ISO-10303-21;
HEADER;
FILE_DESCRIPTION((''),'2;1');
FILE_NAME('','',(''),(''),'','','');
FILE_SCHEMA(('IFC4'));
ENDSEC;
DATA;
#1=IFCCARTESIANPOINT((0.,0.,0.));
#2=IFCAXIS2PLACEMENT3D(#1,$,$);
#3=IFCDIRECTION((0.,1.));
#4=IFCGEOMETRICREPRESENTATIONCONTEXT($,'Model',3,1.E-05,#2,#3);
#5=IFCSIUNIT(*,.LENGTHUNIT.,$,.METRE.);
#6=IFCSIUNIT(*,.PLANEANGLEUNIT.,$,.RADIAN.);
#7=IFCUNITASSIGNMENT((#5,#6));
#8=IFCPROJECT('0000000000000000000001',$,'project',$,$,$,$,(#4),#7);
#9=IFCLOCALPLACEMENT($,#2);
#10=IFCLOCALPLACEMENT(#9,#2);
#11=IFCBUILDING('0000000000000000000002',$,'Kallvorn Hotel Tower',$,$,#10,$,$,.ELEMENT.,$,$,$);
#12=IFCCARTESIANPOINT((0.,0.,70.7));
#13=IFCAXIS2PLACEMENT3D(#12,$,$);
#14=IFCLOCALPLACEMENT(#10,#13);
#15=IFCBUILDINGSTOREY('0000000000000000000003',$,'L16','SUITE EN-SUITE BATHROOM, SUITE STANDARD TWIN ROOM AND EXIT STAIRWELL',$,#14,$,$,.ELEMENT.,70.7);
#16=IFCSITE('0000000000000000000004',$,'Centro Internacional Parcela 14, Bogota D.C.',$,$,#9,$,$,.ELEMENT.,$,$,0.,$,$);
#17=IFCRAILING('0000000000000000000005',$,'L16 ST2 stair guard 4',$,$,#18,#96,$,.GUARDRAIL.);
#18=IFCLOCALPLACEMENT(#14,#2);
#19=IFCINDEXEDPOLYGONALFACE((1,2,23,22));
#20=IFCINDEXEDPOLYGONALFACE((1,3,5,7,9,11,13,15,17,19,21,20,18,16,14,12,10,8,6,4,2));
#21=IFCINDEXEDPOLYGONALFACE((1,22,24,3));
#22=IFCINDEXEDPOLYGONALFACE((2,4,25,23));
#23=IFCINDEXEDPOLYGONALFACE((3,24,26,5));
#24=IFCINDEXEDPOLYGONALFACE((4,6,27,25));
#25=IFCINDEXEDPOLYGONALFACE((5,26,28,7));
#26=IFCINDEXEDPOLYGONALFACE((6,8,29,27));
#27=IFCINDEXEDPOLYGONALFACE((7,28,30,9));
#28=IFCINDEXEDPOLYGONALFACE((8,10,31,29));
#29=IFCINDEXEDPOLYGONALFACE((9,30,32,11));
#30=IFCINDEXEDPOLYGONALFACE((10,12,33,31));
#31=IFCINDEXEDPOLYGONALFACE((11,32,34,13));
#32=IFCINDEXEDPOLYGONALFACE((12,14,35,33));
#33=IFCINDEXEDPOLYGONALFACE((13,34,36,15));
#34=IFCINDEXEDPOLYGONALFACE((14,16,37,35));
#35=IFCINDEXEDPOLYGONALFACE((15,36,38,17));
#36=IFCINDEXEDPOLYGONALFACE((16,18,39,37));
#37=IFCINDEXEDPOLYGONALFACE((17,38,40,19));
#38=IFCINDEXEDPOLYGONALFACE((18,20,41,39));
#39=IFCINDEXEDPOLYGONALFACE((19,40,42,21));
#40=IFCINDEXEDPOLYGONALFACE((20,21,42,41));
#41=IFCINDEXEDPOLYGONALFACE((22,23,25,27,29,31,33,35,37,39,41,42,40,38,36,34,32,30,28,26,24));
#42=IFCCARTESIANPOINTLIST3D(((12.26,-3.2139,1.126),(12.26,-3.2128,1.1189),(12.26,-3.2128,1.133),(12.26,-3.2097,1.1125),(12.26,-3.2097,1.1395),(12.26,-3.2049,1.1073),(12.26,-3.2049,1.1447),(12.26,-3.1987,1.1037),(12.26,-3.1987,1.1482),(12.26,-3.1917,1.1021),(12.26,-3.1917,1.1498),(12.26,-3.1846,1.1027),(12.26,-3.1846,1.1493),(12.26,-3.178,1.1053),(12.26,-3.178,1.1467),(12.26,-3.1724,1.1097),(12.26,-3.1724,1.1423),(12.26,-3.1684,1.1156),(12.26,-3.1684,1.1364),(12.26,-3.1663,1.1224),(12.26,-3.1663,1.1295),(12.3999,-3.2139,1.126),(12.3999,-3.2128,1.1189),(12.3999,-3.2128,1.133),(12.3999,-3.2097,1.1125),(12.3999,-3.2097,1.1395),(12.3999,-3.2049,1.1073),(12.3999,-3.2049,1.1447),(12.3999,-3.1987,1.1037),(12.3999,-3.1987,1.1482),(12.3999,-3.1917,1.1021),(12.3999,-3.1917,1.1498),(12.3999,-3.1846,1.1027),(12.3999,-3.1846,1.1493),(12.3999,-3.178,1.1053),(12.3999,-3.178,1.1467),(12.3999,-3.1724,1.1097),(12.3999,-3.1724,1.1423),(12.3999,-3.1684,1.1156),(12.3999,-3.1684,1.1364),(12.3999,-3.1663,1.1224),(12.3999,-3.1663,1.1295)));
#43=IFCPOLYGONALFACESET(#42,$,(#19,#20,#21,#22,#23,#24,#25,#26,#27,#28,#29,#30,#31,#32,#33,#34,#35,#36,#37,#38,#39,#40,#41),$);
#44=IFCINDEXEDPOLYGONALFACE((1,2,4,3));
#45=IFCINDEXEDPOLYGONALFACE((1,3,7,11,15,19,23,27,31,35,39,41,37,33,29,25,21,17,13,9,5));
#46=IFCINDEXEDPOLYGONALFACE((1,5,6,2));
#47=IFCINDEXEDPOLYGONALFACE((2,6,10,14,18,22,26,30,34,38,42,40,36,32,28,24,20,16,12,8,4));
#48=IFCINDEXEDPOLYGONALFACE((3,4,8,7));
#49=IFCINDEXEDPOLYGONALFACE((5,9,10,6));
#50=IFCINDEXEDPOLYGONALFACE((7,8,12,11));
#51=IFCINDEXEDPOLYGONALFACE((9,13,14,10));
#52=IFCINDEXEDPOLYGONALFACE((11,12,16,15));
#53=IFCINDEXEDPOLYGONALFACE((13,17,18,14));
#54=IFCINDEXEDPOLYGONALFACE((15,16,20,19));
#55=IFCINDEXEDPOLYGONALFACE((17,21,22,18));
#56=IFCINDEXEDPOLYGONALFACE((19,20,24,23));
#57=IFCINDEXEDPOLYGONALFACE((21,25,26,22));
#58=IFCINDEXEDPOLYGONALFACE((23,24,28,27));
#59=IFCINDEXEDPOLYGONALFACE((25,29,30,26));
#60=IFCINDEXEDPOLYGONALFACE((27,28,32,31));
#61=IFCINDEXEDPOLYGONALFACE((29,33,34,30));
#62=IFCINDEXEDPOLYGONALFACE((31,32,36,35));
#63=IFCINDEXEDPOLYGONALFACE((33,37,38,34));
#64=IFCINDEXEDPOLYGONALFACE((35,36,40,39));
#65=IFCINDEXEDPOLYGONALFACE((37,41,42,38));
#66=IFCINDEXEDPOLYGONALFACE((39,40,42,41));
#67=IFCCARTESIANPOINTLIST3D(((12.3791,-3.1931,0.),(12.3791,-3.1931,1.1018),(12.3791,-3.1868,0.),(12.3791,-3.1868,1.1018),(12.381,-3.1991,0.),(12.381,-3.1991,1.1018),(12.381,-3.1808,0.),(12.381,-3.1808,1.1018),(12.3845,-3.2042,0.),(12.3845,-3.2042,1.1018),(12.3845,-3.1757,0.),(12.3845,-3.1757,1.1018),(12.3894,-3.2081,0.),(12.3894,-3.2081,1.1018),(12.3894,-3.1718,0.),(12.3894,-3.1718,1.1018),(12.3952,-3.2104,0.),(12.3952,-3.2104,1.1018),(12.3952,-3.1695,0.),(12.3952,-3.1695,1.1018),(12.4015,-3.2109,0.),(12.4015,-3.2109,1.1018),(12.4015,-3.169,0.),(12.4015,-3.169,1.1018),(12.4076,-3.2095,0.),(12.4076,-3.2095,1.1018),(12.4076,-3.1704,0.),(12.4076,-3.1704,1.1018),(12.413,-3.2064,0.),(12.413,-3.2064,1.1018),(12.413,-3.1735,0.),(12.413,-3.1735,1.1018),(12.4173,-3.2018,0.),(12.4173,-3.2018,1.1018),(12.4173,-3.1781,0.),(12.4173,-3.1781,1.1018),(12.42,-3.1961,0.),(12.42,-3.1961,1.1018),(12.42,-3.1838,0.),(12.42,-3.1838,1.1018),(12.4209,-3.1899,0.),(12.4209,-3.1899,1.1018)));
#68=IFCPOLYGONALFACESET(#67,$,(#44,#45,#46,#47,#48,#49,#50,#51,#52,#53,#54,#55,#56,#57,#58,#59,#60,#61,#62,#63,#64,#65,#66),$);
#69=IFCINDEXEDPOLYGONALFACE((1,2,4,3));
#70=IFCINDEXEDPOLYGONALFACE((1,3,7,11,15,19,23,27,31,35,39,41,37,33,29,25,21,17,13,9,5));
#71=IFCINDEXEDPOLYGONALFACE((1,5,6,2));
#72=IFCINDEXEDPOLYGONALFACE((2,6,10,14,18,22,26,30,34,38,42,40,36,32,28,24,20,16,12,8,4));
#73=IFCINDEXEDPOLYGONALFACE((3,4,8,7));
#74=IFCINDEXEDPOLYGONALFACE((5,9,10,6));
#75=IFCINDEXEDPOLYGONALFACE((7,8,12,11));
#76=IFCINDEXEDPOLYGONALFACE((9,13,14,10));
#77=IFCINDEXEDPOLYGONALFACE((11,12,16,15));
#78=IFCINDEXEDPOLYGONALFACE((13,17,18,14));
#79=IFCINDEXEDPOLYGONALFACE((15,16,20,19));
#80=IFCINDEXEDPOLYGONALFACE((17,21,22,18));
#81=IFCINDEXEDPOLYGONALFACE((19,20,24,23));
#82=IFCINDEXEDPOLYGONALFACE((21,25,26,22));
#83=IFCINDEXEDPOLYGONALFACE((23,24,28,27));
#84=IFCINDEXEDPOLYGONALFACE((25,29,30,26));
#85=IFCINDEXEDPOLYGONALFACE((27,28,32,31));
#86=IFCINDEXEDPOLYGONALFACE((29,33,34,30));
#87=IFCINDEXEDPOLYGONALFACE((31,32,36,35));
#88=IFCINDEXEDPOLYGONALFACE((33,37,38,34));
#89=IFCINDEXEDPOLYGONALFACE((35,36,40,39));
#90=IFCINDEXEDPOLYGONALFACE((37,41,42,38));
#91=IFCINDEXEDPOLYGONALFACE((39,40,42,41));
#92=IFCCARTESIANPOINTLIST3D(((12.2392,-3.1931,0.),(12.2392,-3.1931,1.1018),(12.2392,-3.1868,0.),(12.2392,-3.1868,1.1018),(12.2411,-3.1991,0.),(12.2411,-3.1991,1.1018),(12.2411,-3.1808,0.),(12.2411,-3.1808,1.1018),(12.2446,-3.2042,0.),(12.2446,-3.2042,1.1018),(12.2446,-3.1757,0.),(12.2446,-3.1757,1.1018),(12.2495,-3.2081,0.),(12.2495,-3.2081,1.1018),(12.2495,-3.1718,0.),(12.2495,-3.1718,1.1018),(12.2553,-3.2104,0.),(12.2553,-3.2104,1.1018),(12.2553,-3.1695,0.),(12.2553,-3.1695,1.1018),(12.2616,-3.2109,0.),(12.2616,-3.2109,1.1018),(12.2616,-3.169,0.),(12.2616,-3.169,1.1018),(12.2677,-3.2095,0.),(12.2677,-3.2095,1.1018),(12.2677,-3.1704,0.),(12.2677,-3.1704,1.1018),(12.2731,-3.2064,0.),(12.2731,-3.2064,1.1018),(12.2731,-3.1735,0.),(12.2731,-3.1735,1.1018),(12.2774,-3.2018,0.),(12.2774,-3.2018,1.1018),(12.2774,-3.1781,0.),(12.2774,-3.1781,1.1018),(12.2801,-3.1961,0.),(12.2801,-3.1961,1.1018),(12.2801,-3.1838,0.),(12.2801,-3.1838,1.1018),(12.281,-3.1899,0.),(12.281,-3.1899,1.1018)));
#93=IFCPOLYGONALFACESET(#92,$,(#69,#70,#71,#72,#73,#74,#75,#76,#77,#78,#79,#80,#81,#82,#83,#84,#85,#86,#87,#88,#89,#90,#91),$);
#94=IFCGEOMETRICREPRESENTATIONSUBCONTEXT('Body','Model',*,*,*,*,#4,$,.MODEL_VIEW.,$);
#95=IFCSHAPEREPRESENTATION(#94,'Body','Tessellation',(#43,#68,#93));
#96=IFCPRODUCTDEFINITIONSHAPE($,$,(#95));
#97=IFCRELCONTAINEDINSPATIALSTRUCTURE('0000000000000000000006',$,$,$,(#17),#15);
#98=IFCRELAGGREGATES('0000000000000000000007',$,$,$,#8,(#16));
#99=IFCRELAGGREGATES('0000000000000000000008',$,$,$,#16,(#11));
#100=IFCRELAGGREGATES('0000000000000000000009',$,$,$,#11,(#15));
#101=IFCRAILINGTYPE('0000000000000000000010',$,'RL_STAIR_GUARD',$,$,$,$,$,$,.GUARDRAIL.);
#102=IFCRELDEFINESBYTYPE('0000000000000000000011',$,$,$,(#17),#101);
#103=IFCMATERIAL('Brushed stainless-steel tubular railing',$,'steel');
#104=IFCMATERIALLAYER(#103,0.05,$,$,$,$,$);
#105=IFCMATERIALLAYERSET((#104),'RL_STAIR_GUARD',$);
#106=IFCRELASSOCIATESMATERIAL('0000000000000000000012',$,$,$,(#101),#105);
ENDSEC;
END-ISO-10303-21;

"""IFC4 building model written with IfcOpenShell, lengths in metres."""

from ifc_helpers import new_model, si_unit, direction, frame, origin, origin_2d, place, context, subcontext, project, spatial, circle, extrude, material, layer, layer_set, type_object, element, save


model = new_model("IFC4")

# Units and contexts
model_context = context("Model", 3, precision=1e-05, world=origin(), true_north=direction((0.0, 1.0)))
body_context = subcontext(model_context, "Body", "Model", "MODEL_VIEW")
ifc_project = project(units=[si_unit("LENGTHUNIT", "METRE"), si_unit("PLANEANGLEUNIT", "RADIAN")], contexts=[model_context])

# Site, building, storey
site_placement = place(None, origin())
site = spatial("IfcSite", under=ifc_project, at=site_placement, Name="Centro Internacional Parcela 14, Bogota D.C.", CompositionType="ELEMENT", RefElevation=0.0)
building_placement = place(site_placement, origin())
building = spatial("IfcBuilding", under=site, at=building_placement, Name="Kallvorn Hotel Tower", CompositionType="ELEMENT")
storey_placement = place(building_placement, frame((0.0, 0.0, 70.7)))
storey = spatial("IfcBuildingStorey", under=building, at=storey_placement, Name="L16", Description="SUITE EN-SUITE BATHROOM, SUITE STANDARD TWIN ROOM AND EXIT STAIRWELL", CompositionType="ELEMENT", Elevation=70.7)

# Railing
ifc_material_1 = material(Name="Brushed stainless-steel tubular railing", Category="steel")
ifc_layer_1 = layer(ifc_material_1, 0.05)
ifc_layer_set_1 = layer_set([ifc_layer_1], Name="RL_STAIR_GUARD")
railing_type_1 = type_object("IfcRailingType", Name="RL_STAIR_GUARD", PredefinedType="GUARDRAIL", material=ifc_layer_set_1)
railing_1_placement = place(storey_placement, frame((12.3999, -3.1899, 0.0)))
element("IfcRailing", 1, at=railing_1_placement, inside=storey, type_object=railing_type_1, Name="L16 ST2 stair guard 4", PredefinedType="GUARDRAIL", context=body_context, shape_type="SweptSolid", body=[
    extrude(circle(Radius=0.0239, at=origin_2d()), frame((0.0, 0.0, 1.126), z_axis=(-1.0, 0.0, 0.0), x_axis=(0.0, -1.0, 0.0)), (0.0, 0.0, 1.0), 0.1399),
    extrude(circle(Radius=0.021, at=origin_2d()), origin(), (0.0, 0.0, 1.0), 1.1018),
    extrude(circle(Radius=0.021, at=origin_2d()), frame((-0.1399, 0.0, 0.0)), (0.0, 0.0, 1.0), 1.1018),
])

save(model, "model.ifc")
